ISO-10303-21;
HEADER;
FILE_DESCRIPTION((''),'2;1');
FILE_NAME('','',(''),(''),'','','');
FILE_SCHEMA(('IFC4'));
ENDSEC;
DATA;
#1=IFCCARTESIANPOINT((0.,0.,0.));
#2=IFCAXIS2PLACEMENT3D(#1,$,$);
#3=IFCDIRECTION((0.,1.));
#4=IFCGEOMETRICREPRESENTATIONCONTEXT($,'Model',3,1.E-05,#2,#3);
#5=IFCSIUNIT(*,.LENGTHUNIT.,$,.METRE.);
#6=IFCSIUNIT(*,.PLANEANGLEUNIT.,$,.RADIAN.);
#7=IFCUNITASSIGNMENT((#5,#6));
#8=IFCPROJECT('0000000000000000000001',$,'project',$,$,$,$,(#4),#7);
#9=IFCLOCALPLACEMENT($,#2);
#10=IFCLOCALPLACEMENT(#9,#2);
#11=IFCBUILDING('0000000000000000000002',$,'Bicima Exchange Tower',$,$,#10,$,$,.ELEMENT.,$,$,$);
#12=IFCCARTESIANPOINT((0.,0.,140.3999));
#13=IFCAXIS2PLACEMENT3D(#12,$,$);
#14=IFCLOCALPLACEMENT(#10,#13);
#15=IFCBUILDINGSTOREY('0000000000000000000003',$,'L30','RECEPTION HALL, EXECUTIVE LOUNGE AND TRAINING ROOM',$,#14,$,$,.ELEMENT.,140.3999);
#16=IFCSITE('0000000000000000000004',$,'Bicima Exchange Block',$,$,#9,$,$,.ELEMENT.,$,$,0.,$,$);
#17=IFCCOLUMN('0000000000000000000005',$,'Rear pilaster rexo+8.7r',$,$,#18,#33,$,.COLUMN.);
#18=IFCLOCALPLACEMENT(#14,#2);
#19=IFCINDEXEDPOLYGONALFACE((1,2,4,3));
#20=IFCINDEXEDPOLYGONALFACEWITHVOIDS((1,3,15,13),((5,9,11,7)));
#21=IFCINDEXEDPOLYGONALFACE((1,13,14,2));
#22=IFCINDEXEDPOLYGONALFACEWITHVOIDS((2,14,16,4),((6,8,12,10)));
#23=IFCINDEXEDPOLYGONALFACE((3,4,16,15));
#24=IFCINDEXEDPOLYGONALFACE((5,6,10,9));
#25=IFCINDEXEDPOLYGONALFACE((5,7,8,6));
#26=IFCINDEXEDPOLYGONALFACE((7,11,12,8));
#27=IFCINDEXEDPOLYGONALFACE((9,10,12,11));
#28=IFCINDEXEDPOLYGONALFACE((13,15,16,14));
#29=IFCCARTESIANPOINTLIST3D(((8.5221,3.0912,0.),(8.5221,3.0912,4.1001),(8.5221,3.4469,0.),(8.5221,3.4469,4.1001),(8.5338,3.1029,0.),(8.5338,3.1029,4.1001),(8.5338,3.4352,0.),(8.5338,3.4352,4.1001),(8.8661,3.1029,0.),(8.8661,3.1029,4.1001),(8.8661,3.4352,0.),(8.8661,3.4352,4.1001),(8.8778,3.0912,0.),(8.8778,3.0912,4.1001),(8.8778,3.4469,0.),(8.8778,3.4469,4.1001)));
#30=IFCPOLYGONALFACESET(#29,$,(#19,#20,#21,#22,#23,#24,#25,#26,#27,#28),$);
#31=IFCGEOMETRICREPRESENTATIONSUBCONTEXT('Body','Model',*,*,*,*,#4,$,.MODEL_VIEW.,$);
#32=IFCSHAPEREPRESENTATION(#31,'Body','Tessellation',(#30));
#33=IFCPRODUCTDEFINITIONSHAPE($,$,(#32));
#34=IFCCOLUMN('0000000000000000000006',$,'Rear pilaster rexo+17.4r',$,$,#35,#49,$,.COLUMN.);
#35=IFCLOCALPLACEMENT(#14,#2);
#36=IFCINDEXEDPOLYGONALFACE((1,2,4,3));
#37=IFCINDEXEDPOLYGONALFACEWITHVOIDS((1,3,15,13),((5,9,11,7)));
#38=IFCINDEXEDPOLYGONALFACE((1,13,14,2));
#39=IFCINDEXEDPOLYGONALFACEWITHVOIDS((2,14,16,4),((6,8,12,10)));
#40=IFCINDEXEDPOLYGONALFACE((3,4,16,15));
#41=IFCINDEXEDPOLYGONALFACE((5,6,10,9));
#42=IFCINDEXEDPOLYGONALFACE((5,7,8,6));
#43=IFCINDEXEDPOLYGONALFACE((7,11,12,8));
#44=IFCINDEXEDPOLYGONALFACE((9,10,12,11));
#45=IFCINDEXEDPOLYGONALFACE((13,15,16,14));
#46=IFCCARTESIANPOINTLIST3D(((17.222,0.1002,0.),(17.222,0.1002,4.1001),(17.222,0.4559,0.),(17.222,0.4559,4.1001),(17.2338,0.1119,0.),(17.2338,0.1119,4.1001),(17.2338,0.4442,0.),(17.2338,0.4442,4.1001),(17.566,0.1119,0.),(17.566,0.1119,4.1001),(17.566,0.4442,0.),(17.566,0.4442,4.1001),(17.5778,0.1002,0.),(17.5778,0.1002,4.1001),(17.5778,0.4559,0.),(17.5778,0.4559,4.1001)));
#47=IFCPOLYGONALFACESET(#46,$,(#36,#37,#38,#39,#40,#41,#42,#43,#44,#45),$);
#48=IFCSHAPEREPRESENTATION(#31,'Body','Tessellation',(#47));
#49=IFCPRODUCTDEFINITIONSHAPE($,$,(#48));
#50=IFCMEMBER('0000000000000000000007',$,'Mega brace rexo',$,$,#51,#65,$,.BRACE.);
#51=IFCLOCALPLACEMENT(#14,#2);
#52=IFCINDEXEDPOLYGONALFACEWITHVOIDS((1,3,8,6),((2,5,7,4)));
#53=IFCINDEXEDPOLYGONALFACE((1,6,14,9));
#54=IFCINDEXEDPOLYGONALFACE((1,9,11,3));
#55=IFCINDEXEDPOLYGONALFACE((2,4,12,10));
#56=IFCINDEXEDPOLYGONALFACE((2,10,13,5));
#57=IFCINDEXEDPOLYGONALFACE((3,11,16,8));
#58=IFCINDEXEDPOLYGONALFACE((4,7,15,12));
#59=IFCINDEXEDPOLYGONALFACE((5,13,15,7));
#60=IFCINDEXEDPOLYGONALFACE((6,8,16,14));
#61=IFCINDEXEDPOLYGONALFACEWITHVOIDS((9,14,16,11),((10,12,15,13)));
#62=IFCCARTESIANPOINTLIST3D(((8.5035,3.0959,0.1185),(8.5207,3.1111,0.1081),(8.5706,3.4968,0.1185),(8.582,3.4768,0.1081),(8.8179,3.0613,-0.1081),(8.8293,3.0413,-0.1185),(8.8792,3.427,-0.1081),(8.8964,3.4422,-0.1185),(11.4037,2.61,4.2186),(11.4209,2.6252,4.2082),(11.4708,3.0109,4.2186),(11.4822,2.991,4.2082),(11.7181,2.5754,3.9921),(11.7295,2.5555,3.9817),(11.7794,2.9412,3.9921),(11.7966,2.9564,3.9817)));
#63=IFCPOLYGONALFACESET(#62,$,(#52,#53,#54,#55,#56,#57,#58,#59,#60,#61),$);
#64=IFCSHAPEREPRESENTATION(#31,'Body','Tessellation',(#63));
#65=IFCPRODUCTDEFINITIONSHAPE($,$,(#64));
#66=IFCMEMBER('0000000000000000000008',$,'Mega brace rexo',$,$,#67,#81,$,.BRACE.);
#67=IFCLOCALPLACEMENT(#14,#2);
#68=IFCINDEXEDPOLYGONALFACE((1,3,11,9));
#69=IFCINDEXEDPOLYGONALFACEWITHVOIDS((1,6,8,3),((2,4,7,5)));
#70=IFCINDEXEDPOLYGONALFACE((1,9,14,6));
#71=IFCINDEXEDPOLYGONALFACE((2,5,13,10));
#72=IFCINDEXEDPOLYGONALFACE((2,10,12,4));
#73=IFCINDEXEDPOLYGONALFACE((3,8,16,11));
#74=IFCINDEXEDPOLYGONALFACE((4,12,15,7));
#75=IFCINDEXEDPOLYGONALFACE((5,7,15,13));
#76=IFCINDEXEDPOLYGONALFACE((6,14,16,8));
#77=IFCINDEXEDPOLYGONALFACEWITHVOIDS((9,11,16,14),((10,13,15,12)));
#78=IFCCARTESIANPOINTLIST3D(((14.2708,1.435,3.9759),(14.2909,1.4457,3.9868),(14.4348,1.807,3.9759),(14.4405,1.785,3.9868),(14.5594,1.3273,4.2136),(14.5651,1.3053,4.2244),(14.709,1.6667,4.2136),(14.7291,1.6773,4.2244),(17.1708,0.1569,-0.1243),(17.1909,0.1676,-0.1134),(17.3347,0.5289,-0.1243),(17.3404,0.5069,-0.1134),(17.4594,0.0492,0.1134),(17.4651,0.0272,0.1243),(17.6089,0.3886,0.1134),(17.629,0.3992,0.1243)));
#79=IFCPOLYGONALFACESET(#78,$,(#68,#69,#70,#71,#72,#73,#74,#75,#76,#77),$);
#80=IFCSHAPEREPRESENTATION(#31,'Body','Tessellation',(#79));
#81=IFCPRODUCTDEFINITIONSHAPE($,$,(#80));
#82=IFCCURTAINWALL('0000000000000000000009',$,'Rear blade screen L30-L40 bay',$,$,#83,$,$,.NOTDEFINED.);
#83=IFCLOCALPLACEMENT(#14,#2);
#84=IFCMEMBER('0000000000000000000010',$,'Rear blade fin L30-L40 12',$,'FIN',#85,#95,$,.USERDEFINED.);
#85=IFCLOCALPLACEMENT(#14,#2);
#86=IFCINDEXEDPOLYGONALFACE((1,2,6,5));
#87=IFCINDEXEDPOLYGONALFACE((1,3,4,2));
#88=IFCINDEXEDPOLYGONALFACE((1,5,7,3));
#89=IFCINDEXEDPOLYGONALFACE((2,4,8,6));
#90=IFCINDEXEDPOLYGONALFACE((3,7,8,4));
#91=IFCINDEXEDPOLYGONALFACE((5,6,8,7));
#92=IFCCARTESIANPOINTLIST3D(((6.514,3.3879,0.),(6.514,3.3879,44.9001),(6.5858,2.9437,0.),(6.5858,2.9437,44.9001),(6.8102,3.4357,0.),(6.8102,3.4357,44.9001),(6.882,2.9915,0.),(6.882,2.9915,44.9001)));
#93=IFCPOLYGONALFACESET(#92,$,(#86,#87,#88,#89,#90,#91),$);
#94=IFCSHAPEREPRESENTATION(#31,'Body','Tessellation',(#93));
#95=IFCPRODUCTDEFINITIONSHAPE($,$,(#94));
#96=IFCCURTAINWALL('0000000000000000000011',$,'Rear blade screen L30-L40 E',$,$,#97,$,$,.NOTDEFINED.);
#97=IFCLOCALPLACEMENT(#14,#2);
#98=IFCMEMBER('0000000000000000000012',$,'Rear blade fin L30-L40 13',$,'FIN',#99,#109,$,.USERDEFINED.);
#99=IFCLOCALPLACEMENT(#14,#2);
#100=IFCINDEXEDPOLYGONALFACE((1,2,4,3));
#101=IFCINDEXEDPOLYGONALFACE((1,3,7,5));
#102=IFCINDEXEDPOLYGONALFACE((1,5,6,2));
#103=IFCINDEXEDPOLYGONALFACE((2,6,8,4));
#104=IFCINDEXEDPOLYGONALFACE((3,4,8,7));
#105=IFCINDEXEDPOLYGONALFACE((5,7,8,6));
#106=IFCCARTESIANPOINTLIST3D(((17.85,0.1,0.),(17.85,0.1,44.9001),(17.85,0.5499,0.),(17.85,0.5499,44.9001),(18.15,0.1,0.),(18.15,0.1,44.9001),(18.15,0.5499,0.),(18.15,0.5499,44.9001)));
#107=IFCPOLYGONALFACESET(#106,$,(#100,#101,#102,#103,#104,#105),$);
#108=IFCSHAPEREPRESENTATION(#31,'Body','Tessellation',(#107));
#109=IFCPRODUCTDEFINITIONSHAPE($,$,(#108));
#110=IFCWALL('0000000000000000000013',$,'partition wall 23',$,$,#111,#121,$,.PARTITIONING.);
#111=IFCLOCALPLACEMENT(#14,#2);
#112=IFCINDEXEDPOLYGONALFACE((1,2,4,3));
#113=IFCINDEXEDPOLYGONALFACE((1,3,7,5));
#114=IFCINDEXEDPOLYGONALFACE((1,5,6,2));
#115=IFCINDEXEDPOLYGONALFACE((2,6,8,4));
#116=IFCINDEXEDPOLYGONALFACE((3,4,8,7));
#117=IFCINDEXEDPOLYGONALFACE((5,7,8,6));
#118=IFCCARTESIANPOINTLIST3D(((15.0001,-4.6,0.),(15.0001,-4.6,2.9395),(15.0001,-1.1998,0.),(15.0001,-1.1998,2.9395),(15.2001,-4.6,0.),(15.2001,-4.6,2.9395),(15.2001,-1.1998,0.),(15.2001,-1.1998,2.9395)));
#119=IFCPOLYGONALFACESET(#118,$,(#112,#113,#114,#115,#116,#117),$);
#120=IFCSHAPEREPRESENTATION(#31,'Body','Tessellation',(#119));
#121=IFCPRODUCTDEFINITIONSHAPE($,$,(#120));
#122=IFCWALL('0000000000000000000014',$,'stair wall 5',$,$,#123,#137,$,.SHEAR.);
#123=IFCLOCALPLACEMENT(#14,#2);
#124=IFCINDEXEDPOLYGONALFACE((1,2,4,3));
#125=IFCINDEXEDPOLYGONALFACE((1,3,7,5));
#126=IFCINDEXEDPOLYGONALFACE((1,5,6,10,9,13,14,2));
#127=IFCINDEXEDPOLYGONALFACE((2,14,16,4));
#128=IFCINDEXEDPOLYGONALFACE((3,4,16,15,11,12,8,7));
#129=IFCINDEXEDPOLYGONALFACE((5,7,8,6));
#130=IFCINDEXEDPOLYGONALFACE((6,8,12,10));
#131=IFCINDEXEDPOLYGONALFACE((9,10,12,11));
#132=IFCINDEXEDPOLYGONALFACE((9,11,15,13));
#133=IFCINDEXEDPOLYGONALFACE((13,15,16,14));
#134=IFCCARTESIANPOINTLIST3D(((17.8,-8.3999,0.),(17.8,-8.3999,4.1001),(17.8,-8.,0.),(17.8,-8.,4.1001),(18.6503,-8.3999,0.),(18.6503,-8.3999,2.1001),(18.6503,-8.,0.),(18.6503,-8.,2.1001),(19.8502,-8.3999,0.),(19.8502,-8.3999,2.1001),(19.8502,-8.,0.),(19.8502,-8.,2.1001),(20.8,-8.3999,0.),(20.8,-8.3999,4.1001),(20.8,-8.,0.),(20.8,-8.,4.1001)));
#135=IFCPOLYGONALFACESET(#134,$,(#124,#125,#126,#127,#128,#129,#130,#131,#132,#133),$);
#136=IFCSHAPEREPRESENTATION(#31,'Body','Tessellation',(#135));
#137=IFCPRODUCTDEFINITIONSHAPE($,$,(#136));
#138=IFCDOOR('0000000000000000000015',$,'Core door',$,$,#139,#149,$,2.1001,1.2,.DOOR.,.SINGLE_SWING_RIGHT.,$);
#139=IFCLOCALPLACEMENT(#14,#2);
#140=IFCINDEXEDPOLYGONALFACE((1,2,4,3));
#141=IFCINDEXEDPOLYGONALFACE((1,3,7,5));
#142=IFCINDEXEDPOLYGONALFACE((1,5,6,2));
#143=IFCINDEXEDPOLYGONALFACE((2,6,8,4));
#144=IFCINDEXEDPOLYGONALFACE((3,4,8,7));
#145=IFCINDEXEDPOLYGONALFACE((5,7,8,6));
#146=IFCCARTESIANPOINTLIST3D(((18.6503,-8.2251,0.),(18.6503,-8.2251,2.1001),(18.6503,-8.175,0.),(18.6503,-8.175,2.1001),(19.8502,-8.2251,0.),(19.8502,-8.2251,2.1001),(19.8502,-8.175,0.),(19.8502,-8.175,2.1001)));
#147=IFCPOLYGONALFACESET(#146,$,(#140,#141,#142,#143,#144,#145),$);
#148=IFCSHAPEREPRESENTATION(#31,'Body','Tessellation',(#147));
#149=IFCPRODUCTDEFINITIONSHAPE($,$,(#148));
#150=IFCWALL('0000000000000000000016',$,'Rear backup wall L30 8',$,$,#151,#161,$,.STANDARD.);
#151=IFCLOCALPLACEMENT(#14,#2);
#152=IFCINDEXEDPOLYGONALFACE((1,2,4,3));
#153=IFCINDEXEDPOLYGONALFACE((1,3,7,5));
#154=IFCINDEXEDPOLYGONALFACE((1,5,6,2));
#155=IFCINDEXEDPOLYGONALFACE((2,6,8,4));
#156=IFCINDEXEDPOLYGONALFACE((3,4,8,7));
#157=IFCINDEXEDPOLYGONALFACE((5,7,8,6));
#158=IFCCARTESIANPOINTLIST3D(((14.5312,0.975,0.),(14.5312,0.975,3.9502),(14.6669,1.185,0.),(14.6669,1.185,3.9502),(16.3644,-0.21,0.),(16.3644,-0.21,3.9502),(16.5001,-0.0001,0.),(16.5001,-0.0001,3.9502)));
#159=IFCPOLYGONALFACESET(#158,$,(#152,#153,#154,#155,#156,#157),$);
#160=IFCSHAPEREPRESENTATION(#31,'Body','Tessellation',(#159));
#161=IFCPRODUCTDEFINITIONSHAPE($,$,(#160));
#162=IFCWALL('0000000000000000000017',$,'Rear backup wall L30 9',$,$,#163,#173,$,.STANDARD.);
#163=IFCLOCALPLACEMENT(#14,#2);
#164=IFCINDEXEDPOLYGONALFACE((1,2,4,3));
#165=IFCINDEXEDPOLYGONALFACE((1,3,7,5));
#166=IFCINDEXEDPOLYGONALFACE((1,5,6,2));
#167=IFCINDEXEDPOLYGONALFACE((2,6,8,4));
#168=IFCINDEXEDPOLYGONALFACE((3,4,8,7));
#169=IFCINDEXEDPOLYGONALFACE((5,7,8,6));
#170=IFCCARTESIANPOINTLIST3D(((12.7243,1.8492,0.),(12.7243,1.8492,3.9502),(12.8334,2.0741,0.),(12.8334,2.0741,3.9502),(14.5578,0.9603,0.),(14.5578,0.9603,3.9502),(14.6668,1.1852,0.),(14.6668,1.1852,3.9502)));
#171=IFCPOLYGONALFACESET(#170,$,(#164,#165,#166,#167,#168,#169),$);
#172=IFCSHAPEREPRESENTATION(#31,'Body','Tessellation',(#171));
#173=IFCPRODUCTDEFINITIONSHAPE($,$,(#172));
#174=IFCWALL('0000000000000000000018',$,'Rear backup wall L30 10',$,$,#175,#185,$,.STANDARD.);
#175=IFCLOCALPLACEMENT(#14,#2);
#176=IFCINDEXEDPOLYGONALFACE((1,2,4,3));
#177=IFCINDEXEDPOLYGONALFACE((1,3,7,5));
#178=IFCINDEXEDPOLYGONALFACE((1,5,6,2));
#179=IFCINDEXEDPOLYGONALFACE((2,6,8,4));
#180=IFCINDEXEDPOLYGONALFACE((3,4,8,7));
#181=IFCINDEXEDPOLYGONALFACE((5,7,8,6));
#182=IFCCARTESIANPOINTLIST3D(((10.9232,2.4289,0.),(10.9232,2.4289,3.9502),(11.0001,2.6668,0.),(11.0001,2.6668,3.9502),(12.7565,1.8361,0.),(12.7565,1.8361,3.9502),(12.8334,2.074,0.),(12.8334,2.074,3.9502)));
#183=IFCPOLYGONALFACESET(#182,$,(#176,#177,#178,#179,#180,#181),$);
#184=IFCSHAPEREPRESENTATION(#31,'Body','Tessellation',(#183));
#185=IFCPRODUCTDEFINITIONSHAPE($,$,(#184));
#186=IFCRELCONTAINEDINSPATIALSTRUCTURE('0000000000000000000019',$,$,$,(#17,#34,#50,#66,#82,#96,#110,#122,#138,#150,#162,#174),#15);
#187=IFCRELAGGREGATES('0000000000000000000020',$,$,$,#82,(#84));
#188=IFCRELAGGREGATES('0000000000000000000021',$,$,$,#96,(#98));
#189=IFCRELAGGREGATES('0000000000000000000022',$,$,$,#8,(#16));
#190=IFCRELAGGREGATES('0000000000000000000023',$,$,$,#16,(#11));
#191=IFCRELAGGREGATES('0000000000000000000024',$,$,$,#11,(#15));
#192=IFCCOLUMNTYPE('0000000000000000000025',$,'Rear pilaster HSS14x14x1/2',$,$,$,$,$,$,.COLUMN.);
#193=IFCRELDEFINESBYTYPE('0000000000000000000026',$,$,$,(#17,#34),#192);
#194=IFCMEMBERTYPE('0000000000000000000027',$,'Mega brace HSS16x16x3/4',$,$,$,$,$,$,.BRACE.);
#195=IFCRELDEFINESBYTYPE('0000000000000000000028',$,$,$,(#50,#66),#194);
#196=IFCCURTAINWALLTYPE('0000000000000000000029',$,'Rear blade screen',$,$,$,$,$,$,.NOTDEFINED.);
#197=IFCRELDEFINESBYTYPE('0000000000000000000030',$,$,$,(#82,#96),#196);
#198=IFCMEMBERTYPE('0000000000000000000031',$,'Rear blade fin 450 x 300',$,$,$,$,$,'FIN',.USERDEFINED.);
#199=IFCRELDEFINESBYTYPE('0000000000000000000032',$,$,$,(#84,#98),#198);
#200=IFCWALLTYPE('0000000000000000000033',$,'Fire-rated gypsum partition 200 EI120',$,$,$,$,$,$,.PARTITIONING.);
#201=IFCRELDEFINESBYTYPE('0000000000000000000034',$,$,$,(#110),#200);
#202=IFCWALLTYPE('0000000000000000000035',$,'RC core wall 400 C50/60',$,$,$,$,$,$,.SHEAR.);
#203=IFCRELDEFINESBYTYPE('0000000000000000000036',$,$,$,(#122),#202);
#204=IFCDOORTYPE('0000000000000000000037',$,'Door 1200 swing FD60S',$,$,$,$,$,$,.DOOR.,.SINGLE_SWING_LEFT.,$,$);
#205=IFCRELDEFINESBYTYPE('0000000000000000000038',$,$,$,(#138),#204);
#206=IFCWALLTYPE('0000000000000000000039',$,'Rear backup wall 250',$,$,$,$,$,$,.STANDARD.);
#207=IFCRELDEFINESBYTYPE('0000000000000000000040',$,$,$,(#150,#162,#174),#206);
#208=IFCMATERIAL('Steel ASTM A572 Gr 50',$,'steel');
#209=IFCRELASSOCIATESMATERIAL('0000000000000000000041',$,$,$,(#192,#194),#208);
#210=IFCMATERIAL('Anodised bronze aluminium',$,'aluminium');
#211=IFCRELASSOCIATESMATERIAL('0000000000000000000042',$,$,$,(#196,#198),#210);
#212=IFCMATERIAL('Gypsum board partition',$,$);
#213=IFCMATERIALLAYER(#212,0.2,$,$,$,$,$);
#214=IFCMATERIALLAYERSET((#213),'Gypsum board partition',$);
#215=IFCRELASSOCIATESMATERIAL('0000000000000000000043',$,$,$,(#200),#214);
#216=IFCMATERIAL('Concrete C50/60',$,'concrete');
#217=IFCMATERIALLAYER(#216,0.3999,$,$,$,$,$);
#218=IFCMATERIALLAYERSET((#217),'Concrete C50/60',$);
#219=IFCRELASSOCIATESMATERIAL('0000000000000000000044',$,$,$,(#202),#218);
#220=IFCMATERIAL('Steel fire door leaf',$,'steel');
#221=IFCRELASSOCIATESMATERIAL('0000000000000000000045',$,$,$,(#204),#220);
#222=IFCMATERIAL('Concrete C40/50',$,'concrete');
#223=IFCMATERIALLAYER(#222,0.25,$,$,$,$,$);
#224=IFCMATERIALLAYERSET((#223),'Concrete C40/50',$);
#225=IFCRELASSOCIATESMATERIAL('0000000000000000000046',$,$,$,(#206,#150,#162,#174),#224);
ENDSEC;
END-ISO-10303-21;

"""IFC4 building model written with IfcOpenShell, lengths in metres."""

from ifc_helpers import new_model, si_unit, direction, frame, frame_2d, origin, origin_2d, place, context, subcontext, project, spatial, rectangle, hollow_rectangle, extrude, material, layer, layer_set, layer_usage, material_profile, profile_set, type_object, element, fill, aggregate, save


model = new_model("IFC4")

# Units and contexts
model_context = context("Model", 3, precision=1e-05, world=origin(), true_north=direction((0.0, 1.0)))
body_context = subcontext(model_context, "Body", "Model", "MODEL_VIEW")
ifc_project = project(units=[si_unit("LENGTHUNIT", "METRE"), si_unit("PLANEANGLEUNIT", "RADIAN")], contexts=[model_context])

# Site, building, storey
site_placement = place(None, origin())
site = spatial("IfcSite", under=ifc_project, at=site_placement, Name="Bicima Exchange Block", CompositionType="ELEMENT", RefElevation=0.0)
building_placement = place(site_placement, origin())
building = spatial("IfcBuilding", under=site, at=building_placement, Name="Bicima Exchange Tower", CompositionType="ELEMENT")
storey_placement = place(building_placement, frame((0.0, 0.0, 140.3999)))
storey = spatial("IfcBuildingStorey", under=building, at=storey_placement, Name="L30", Description="RECEPTION HALL, EXECUTIVE LOUNGE AND TRAINING ROOM", CompositionType="ELEMENT", Elevation=140.3999)

# Columns
ifc_material_1 = material(Name="Steel ASTM A572 Gr 50", Category="steel")
ifc_material_profile_1 = material_profile(ifc_material_1, hollow_rectangle(XDim=0.3557, YDim=0.3557, WallThickness=0.0117, at=origin_2d()))
ifc_profile_set_1 = profile_set([ifc_material_profile_1], Name="Steel ASTM A572 Gr 50")
column_type = type_object("IfcColumnType", Name="Rear pilaster HSS14x14x1/2", PredefinedType="COLUMN", material=ifc_profile_set_1)
for number, where, z_axis, x_axis, name in (
    (1, (8.7, 3.269, 0.0), (0.0, 0.0, 1.0), (1.0, 0.0, 0.0), "Rear pilaster rexo+8.7r"),
    (2, (17.3999, 0.2781, 0.0), (0.0, 0.0, 1.0), (1.0, 0.0, 0.0), "Rear pilaster rexo+17.4r"),
):
    element("IfcColumn", number, at=place(storey_placement, frame(where, z_axis=z_axis, x_axis=x_axis)), inside=storey, type_object=column_type, Name=name, PredefinedType="COLUMN", context=body_context, shape_type="SweptSolid", body=[
        extrude(hollow_rectangle(XDim=0.3557, YDim=0.3557, WallThickness=0.0117, at=origin_2d()), origin(), (0.0, 0.0, 1.0), 4.1001),
    ])

# Members
ifc_material_profile_2 = material_profile(ifc_material_1, hollow_rectangle(XDim=0.4065, YDim=0.4065, WallThickness=0.0178, at=origin_2d()))
ifc_profile_set_2 = profile_set([ifc_material_profile_2], Name="Steel ASTM A572 Gr 50")
member_type_1 = type_object("IfcMemberType", Name="Mega brace HSS16x16x3/4", PredefinedType="BRACE", material=ifc_profile_set_2)
member_1_placement = place(storey_placement, frame((8.7, 3.269, 0.0), z_axis=(0.574792, -0.096291, 0.812615), x_axis=(0.16522, 0.986257, 0.0)))
element("IfcMember", 3, at=member_1_placement, inside=storey, type_object=member_type_1, Name="Mega brace rexo", PredefinedType="BRACE", context=body_context, shape_type="SweptSolid", body=[
    extrude(hollow_rectangle(XDim=0.4065, YDim=0.4065, WallThickness=0.0178, at=origin_2d()), origin(), (0.0, 0.0, 1.0), 5.0457),
])
member_2_placement = place(storey_placement, frame((17.3999, 0.2781, 0.0), z_axis=(-0.559605, 0.246635, 0.79121), x_axis=(-0.403299, -0.915068, 0.0)))
element("IfcMember", 4, at=member_2_placement, inside=storey, type_object=member_type_1, Name="Mega brace rexo", PredefinedType="BRACE", context=body_context, shape_type="SweptSolid", body=[
    extrude(hollow_rectangle(XDim=0.4065, YDim=0.4065, WallThickness=0.0178, at=origin_2d()), origin(), (0.0, 0.0, 1.0), 5.1821),
])

# Curtain walls, members
ifc_material_2 = material(Name="Anodised bronze aluminium", Category="aluminium")
curtain_wall_type = type_object("IfcCurtainWallType", Name="Rear blade screen", PredefinedType="NOTDEFINED", material=ifc_material_2)
curtain_wall_1_placement = place(storey_placement, origin())
curtain_wall_1 = element("IfcCurtainWall", 5, at=curtain_wall_1_placement, inside=storey, type_object=curtain_wall_type, Name="Rear blade screen L30-L40 bay", PredefinedType="NOTDEFINED")
ifc_material_profile_3 = material_profile(ifc_material_2, rectangle(XDim=0.45, YDim=0.3, at=origin_2d()))
ifc_profile_set_3 = profile_set([ifc_material_profile_3], Name="Anodised bronze aluminium")
member_type_2 = type_object("IfcMemberType", Name="Rear blade fin 450 x 300", ElementType="FIN", PredefinedType="USERDEFINED", material=ifc_profile_set_3)
member_3_placement = place(storey_placement, frame((6.698, 3.1897, 0.0), z_axis=(0.0, 0.0, 1.0), x_axis=(-0.159549, 0.98719, 0.0)))
member_3 = element("IfcMember", 6, at=member_3_placement, type_object=member_type_2, Name="Rear blade fin L30-L40 12", ObjectType="FIN", PredefinedType="USERDEFINED", context=body_context, shape_type="SweptSolid", body=[
    extrude(rectangle(XDim=0.45, YDim=0.3, at=origin_2d()), origin(), (0.0, 0.0, 1.0), 44.9001),
])
aggregate(curtain_wall_1, [member_3])
curtain_wall_2_placement = place(storey_placement, origin())
curtain_wall_2 = element("IfcCurtainWall", 7, at=curtain_wall_2_placement, inside=storey, type_object=curtain_wall_type, Name="Rear blade screen L30-L40 E", PredefinedType="NOTDEFINED")
member_4_placement = place(storey_placement, frame((18.0, 0.325, 0.0), z_axis=(0.0, 0.0, 1.0), x_axis=(0.0, 1.0, 0.0)))
member_4 = element("IfcMember", 8, at=member_4_placement, type_object=member_type_2, Name="Rear blade fin L30-L40 13", ObjectType="FIN", PredefinedType="USERDEFINED", context=body_context, shape_type="SweptSolid", body=[
    extrude(rectangle(XDim=0.45, YDim=0.3, at=origin_2d()), origin(), (0.0, 0.0, 1.0), 44.9001),
])
aggregate(curtain_wall_2, [member_4])

# Wall
ifc_material_3 = material(Name="Gypsum board partition")
ifc_layer_1 = layer(ifc_material_3, 0.2)
ifc_layer_set_1 = layer_set([ifc_layer_1], Name="Gypsum board partition")
wall_type_1 = type_object("IfcWallType", Name="Fire-rated gypsum partition 200 EI120", PredefinedType="PARTITIONING", material=ifc_layer_set_1)
wall_1_placement = place(storey_placement, frame((15.1001, -4.6001, 0.0), z_axis=(0.0, 0.0, 1.0), x_axis=(0.0, 1.0, 0.0)))
element("IfcWall", 9, at=wall_1_placement, inside=storey, type_object=wall_type_1, Name="partition wall 23", PredefinedType="PARTITIONING", context=body_context, shape_type="SweptSolid", body=[
    extrude(rectangle(XDim=3.4001, YDim=0.2, at=frame_2d((1.7002, 0.0))), origin(), (0.0, 0.0, 1.0), 2.9395),
])

# Wall, opening, door
ifc_material_4 = material(Name="Concrete C50/60", Category="concrete")
ifc_layer_2 = layer(ifc_material_4, 0.3999)
ifc_layer_set_2 = layer_set([ifc_layer_2], Name="Concrete C50/60")
wall_type_2 = type_object("IfcWallType", Name="RC core wall 400 C50/60", PredefinedType="SHEAR", material=ifc_layer_set_2)
wall_2_placement = place(storey_placement, frame((17.8, -8.2, 0.0), z_axis=(0.0, 0.0, 1.0), x_axis=(1.0, 0.0, 0.0)))
wall_2 = element("IfcWall", 10, at=wall_2_placement, inside=storey, type_object=wall_type_2, Name="stair wall 5", PredefinedType="SHEAR", context=body_context, shape_type="SweptSolid", body=[
    extrude(rectangle(XDim=3.0, YDim=0.3999, at=frame_2d((1.5, 0.0))), origin(), (0.0, 0.0, 1.0), 4.1001),
])
opening_placement = place(wall_2_placement, frame((0.8501, 0.0, 0.0)))
opening = element("IfcOpeningElement", 11, at=opening_placement, cuts=wall_2, PredefinedType="OPENING", context=body_context, shape_type="SweptSolid", body=[
    extrude(rectangle(XDim=1.2, YDim=2.1001, at=frame_2d((0.6001, 1.05))), frame((0.0, 0.2119, 0.0), z_axis=(0.0, -1.0, 0.0), x_axis=(1.0, 0.0, 0.0)), (0.0, 0.0, 1.0), 0.4238),
])
ifc_material_5 = material(Name="Steel fire door leaf", Category="steel")
door_type = type_object("IfcDoorType", Name="Door 1200 swing FD60S", OperationType="SINGLE_SWING_LEFT", PredefinedType="DOOR", material=ifc_material_5)
door_placement = place(opening_placement, origin())
door = element("IfcDoor", 12, at=door_placement, inside=storey, type_object=door_type, Name="Core door", OperationType="SINGLE_SWING_RIGHT", OverallHeight=2.1001, OverallWidth=1.2, PredefinedType="DOOR", context=body_context, shape_type="SweptSolid", body=[
    extrude(rectangle(XDim=1.2, YDim=2.1001, at=frame_2d((0.6001, 1.05))), frame((0.0, 0.0249, 0.0), z_axis=(0.0, -1.0, 0.0), x_axis=(1.0, 0.0, 0.0)), (0.0, 0.0, 1.0), 0.05),
])
fill(opening, door)

# Walls
ifc_material_6 = material(Name="Concrete C40/50", Category="concrete")
ifc_layer_3 = layer(ifc_material_6, 0.25)
ifc_layer_set_3 = layer_set([ifc_layer_3], Name="Concrete C40/50")
ifc_layer_usage = layer_usage(ifc_layer_set_3, "AXIS2", "POSITIVE", -0.125)
wall_type_3 = type_object("IfcWallType", Name="Rear backup wall 250", PredefinedType="STANDARD", material=ifc_layer_set_3)
wall_3_placement = place(storey_placement, frame((16.4321, -0.105, 0.0), z_axis=(0.0, 0.0, 1.0), x_axis=(-0.839813, 0.542876, 0.0)))
element("IfcWall", 13, at=wall_3_placement, inside=storey, type_object=wall_type_3, material=ifc_layer_usage, Name="Rear backup wall L30 8", PredefinedType="STANDARD", context=body_context, shape_type="SweptSolid", body=[
    extrude(rectangle(XDim=2.1829, YDim=0.25, at=frame_2d((1.0913, 0.0))), origin(), (0.0, 0.0, 1.0), 3.9502),
])
wall_4_placement = place(storey_placement, frame((14.6123, 1.0728, 0.0), z_axis=(0.0, 0.0, 1.0), x_axis=(-0.899824, 0.436253, 0.0)))
element("IfcWall", 14, at=wall_4_placement, inside=storey, type_object=wall_type_3, material=ifc_layer_usage, Name="Rear backup wall L30 9", PredefinedType="STANDARD", context=body_context, shape_type="SweptSolid", body=[
    extrude(rectangle(XDim=2.0376, YDim=0.25, at=frame_2d((1.0188, 0.0))), origin(), (0.0, 0.0, 1.0), 3.9502),
])
wall_5_placement = place(storey_placement, frame((12.7949, 1.9551, 0.0), z_axis=(0.0, 0.0, 1.0), x_axis=(-0.951496, 0.307662, 0.0)))
element("IfcWall", 15, at=wall_5_placement, inside=storey, type_object=wall_type_3, material=ifc_layer_usage, Name="Rear backup wall L30 10", PredefinedType="STANDARD", context=body_context, shape_type="SweptSolid", body=[
    extrude(rectangle(XDim=1.9268, YDim=0.25, at=frame_2d((0.9634, 0.0))), origin(), (0.0, 0.0, 1.0), 3.9502),
])

save(model, "model.ifc")
